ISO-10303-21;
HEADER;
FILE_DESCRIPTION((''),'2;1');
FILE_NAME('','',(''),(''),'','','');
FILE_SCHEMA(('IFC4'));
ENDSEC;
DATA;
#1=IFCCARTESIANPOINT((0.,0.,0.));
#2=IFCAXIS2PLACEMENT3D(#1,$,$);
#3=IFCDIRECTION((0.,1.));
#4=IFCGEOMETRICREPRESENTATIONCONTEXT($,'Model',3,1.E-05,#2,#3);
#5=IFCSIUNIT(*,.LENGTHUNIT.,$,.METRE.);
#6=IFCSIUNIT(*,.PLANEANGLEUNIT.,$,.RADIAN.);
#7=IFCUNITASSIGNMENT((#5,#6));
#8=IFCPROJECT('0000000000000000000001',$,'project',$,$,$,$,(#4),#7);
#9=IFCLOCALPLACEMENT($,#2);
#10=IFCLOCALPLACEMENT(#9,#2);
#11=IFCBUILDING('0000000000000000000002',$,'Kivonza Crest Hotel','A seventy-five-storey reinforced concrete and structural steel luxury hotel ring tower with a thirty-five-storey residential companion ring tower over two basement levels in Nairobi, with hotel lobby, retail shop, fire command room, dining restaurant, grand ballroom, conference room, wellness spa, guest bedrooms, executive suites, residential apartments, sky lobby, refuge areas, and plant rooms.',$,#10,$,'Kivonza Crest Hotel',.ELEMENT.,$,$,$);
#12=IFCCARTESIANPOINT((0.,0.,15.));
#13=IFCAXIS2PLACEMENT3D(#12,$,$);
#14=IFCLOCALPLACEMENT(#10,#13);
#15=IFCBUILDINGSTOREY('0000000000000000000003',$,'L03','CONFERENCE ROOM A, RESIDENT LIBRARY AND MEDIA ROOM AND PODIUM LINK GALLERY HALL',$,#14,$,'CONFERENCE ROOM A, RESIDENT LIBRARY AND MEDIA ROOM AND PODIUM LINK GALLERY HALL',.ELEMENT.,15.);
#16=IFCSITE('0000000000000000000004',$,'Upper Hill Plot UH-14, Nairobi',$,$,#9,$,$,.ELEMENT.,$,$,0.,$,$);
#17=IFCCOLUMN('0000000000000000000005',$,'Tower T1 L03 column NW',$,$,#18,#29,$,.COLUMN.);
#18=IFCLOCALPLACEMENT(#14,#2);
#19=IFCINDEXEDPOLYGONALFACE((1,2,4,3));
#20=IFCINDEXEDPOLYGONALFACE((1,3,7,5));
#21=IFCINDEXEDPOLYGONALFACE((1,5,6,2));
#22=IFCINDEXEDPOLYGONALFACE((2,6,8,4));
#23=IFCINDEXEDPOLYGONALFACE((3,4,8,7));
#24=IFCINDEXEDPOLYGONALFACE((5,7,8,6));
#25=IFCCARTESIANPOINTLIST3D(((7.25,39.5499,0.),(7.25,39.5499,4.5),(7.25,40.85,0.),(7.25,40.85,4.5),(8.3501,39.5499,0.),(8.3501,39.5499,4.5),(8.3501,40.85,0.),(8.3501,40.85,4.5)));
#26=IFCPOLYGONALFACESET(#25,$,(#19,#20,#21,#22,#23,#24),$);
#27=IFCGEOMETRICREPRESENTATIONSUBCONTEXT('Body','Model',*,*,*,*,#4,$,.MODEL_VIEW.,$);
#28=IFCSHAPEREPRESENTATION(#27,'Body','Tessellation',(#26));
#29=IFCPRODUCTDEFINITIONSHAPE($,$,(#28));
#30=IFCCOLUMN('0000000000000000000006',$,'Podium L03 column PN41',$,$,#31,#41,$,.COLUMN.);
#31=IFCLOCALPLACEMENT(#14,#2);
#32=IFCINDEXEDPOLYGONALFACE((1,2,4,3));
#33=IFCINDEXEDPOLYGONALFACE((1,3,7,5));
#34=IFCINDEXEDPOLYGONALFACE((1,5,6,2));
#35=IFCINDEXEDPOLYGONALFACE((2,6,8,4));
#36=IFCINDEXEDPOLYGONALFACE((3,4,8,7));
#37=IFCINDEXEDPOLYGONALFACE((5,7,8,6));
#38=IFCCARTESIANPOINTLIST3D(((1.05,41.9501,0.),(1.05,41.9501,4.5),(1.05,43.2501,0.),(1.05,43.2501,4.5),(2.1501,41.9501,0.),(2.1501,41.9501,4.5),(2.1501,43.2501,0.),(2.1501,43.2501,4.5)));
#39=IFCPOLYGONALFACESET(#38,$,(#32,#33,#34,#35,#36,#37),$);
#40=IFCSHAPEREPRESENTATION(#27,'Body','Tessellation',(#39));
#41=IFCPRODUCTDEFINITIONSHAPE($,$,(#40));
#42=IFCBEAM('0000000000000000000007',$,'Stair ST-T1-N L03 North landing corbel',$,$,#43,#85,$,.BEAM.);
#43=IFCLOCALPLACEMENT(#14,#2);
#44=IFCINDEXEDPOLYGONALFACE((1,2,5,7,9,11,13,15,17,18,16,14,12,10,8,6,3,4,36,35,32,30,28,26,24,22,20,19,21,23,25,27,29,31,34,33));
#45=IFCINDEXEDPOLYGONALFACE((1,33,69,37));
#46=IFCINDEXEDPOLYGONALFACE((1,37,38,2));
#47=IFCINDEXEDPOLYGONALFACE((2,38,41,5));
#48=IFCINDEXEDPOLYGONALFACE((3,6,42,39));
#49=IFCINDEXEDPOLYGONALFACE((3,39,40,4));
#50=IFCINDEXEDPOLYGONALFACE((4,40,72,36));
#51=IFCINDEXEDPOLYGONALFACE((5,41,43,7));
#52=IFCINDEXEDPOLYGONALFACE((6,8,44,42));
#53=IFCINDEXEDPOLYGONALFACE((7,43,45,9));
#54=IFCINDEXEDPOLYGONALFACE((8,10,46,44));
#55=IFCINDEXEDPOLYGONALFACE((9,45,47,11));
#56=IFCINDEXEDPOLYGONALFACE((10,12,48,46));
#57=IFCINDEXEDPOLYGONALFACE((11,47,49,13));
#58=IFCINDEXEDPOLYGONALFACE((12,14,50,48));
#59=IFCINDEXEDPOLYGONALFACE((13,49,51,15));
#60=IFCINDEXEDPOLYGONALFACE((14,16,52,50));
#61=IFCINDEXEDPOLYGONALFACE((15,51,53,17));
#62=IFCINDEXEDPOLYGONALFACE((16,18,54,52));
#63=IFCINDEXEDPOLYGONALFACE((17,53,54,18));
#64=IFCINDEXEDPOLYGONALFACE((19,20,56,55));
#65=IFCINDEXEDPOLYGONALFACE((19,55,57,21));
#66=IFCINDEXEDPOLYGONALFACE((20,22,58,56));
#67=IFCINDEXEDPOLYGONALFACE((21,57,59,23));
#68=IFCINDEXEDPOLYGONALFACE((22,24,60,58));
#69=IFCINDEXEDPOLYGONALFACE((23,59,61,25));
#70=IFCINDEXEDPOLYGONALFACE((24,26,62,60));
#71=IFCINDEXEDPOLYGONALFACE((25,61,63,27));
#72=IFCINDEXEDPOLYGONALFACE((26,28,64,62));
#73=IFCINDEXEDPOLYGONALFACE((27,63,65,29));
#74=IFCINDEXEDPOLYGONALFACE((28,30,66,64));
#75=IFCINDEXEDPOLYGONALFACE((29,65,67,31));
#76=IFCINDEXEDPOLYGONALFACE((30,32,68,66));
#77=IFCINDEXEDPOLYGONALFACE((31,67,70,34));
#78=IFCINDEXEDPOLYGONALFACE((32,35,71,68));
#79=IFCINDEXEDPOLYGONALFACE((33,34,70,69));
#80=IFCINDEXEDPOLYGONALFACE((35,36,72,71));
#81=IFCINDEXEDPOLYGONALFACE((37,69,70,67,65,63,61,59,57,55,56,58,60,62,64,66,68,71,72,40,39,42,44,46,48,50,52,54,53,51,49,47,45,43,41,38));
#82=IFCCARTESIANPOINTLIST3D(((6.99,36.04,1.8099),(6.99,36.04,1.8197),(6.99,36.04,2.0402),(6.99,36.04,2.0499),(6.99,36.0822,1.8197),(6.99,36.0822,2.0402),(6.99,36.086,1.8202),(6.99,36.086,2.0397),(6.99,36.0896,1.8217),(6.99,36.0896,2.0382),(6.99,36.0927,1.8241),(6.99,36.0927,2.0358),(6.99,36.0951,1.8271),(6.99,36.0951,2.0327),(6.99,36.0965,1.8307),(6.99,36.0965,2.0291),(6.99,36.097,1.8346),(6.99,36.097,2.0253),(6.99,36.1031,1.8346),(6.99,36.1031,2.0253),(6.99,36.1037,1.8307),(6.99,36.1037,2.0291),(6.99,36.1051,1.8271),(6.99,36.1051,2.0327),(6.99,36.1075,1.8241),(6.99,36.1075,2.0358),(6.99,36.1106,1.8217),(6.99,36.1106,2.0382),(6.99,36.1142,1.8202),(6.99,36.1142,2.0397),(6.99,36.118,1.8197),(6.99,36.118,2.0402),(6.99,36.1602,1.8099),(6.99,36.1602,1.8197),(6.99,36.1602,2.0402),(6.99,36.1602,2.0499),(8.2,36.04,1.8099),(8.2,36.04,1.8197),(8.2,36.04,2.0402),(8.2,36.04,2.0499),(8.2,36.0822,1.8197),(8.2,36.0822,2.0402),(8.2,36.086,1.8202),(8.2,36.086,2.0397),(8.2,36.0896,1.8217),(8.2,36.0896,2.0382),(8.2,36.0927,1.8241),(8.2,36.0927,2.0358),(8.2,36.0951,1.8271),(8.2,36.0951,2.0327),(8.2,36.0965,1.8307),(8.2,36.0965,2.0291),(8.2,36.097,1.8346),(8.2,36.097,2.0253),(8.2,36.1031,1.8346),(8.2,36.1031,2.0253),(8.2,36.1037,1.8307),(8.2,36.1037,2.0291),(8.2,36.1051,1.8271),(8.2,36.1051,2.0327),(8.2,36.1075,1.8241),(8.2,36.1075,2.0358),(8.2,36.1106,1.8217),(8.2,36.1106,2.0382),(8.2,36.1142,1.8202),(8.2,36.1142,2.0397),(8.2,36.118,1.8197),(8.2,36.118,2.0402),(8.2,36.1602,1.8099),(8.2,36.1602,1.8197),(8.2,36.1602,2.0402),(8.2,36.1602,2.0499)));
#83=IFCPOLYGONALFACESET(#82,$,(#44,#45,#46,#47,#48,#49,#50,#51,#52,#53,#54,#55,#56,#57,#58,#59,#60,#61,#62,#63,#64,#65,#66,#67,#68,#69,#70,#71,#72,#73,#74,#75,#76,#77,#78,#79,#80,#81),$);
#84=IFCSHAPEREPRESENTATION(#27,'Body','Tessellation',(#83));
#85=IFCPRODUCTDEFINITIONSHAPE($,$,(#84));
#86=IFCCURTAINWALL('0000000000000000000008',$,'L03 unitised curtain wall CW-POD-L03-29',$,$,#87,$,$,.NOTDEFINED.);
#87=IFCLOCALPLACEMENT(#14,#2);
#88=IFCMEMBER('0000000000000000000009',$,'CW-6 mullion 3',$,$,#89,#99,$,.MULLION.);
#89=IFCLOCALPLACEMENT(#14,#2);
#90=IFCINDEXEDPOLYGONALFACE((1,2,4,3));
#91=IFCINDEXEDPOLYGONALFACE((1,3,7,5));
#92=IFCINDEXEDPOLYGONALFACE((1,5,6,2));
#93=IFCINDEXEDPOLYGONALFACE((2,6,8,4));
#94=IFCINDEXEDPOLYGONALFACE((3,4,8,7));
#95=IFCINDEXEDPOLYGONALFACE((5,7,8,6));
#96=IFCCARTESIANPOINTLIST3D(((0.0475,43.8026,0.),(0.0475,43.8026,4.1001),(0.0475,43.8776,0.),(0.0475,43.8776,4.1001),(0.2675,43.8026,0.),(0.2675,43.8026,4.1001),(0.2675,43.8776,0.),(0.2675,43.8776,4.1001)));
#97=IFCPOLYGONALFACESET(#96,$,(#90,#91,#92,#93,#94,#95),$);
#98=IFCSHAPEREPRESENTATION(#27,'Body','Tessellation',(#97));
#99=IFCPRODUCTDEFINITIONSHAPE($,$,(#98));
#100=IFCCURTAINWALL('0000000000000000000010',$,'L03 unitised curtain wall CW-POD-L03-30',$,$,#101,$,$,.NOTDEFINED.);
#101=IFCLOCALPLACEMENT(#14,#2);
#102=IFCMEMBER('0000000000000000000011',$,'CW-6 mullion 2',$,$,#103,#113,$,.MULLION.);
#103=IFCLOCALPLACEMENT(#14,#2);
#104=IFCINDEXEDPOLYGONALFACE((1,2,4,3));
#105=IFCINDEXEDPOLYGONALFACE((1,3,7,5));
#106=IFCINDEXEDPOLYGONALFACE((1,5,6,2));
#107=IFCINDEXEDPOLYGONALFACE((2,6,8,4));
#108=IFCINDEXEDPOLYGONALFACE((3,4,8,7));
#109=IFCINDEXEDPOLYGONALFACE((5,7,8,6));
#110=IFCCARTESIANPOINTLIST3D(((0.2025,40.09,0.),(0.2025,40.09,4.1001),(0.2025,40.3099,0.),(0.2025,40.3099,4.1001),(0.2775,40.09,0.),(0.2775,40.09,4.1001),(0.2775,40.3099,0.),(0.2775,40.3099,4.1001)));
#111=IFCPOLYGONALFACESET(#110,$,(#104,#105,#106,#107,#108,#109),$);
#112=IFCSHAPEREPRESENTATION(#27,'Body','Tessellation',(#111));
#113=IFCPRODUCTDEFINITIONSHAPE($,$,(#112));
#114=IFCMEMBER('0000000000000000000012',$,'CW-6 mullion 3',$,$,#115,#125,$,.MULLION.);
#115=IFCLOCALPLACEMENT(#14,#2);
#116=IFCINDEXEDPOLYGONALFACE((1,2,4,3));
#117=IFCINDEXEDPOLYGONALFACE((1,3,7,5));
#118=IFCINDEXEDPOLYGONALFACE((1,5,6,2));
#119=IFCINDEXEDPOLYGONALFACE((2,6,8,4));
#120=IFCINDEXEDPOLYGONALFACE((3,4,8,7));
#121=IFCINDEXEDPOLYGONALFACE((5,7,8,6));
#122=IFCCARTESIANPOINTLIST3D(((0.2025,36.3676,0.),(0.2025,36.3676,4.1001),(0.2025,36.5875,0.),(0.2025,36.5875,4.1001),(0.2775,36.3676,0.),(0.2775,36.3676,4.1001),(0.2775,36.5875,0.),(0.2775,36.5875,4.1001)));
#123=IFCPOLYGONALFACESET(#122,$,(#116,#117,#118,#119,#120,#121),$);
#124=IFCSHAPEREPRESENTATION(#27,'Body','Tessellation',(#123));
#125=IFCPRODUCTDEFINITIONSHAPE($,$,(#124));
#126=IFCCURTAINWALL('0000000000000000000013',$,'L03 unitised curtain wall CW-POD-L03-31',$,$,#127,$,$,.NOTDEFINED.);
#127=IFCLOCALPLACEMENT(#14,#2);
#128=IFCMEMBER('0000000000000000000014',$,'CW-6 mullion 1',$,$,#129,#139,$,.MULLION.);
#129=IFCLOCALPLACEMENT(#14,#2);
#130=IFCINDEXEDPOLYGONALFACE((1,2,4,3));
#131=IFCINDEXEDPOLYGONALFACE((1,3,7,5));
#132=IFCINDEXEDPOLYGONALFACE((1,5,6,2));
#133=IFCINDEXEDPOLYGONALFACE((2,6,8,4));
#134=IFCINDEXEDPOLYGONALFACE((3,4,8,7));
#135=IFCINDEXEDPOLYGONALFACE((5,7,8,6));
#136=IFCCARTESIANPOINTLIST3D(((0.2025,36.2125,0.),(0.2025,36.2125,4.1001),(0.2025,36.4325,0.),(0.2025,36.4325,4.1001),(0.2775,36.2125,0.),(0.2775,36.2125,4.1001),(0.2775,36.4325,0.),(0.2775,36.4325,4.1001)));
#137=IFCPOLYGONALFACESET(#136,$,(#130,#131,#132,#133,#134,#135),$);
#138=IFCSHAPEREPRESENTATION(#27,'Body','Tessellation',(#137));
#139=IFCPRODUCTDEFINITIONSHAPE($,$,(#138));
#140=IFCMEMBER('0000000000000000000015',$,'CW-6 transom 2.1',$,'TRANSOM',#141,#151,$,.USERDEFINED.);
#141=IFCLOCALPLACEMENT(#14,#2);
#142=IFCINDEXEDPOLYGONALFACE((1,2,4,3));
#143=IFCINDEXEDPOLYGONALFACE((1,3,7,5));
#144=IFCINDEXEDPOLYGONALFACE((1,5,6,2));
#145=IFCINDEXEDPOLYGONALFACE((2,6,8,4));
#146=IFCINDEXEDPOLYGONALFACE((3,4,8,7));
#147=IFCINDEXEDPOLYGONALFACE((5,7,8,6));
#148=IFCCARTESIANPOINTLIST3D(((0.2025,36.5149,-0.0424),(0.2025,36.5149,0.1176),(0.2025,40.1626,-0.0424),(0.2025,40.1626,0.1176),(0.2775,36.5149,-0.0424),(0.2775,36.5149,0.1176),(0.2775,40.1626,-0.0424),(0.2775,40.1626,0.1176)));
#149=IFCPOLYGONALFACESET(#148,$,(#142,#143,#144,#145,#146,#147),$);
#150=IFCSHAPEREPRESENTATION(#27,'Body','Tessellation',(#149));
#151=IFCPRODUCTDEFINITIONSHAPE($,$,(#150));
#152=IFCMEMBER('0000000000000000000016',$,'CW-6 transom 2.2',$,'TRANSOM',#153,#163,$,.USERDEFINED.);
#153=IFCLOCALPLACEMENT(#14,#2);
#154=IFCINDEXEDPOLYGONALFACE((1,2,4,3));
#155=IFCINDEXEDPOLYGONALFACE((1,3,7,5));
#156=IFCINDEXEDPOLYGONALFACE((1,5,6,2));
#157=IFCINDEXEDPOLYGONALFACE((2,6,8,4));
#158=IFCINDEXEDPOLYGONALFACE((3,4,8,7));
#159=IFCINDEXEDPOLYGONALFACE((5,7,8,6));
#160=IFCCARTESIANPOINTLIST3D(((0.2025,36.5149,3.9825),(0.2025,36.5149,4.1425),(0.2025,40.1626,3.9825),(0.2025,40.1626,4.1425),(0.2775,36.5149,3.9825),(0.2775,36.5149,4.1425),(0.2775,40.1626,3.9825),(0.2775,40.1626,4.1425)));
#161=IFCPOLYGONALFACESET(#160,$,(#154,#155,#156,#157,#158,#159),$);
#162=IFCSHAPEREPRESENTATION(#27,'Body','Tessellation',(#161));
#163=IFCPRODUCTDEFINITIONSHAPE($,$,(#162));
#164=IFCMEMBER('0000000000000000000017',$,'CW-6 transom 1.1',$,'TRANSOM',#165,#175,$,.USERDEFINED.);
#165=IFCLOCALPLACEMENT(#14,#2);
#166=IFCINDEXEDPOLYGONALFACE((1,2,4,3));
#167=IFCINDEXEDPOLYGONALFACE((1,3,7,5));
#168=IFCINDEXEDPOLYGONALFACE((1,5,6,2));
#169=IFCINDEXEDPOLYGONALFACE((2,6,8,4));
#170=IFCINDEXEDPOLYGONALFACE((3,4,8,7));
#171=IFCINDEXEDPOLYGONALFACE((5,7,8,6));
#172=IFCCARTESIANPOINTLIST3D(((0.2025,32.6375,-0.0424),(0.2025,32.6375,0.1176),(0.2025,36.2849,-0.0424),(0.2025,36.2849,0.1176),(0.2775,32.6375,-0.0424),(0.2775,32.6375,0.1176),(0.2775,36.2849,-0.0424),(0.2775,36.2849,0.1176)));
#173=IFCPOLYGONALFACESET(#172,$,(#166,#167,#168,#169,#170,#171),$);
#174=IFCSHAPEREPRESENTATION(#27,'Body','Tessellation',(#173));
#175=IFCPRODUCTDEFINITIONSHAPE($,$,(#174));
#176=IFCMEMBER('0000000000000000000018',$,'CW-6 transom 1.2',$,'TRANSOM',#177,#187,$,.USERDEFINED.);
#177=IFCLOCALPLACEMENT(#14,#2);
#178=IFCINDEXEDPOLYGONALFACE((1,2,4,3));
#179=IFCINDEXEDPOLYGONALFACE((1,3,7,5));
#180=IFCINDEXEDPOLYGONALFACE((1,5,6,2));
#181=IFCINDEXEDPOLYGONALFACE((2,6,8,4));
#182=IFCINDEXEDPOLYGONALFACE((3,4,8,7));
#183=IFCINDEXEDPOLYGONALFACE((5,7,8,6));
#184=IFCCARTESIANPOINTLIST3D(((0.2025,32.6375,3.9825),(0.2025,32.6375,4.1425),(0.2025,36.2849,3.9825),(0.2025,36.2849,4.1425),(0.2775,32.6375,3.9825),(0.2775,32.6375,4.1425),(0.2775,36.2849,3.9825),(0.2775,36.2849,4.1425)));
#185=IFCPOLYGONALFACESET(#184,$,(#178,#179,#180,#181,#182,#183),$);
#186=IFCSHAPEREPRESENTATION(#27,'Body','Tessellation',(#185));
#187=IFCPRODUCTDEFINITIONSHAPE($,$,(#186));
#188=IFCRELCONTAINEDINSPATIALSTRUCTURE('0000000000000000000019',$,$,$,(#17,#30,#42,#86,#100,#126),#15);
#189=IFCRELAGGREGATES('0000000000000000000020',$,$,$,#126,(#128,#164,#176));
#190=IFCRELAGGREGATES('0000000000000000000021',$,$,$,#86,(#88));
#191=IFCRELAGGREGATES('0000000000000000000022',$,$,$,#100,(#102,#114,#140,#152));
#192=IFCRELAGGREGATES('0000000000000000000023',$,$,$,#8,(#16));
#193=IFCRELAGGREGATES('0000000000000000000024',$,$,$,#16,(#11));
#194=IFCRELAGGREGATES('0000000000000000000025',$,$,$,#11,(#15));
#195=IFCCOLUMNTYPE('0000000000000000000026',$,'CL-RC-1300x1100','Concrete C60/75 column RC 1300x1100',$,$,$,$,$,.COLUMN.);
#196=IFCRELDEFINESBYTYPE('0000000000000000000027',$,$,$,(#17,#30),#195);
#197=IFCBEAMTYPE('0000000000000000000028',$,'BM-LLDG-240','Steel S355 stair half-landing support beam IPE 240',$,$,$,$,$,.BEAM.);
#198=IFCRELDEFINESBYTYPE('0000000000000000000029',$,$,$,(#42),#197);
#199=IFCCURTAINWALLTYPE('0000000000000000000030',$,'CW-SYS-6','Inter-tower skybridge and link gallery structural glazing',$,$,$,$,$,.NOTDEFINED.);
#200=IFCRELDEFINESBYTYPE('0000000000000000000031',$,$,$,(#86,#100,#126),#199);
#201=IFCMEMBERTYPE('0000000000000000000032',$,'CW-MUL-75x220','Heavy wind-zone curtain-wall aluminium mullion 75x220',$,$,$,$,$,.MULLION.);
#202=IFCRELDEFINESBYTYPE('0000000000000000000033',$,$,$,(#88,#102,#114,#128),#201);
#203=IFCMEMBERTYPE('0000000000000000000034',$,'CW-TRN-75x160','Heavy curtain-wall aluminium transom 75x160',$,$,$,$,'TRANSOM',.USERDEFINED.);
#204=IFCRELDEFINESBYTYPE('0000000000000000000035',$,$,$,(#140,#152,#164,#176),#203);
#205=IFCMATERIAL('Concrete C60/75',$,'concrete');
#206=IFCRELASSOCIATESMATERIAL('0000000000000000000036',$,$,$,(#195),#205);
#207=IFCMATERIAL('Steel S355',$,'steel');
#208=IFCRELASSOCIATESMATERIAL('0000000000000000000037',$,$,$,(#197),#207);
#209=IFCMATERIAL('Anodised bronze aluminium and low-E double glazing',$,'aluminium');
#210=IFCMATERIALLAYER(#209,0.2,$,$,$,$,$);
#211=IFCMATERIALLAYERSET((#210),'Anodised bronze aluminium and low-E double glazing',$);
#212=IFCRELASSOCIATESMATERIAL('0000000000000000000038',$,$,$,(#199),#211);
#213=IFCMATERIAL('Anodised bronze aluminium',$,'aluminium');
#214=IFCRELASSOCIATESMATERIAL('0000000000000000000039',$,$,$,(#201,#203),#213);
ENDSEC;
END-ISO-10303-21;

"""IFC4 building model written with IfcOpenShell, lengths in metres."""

from ifc_helpers import new_model, si_unit, direction, frame, origin, origin_2d, place, context, subcontext, project, spatial, rectangle, i_section, extrude, material, layer, layer_set, material_profile, profile_set, type_object, element, aggregate, save


model = new_model("IFC4")

# Units and contexts
model_context = context("Model", 3, precision=1e-05, world=origin(), true_north=direction((0.0, 1.0)))
body_context = subcontext(model_context, "Body", "Model", "MODEL_VIEW")
ifc_project = project(units=[si_unit("LENGTHUNIT", "METRE"), si_unit("PLANEANGLEUNIT", "RADIAN")], contexts=[model_context])

# Site, building, storey
site_placement = place(None, origin())
site = spatial("IfcSite", under=ifc_project, at=site_placement, Name="Upper Hill Plot UH-14, Nairobi", CompositionType="ELEMENT", RefElevation=0.0)
building_placement = place(site_placement, origin())
building = spatial("IfcBuilding", under=site, at=building_placement, Name="Kivonza Crest Hotel", Description="A seventy-five-storey reinforced concrete and structural steel luxury hotel ring tower with a thirty-five-storey residential companion ring tower over two basement levels in Nairobi, with hotel lobby, retail shop, fire command room, dining restaurant, grand ballroom, conference room, wellness spa, guest bedrooms, executive suites, residential apartments, sky lobby, refuge areas, and plant rooms.", LongName="Kivonza Crest Hotel", CompositionType="ELEMENT")
storey_placement = place(building_placement, frame((0.0, 0.0, 15.0)))
storey = spatial("IfcBuildingStorey", under=building, at=storey_placement, Name="L03", Description="CONFERENCE ROOM A, RESIDENT LIBRARY AND MEDIA ROOM AND PODIUM LINK GALLERY HALL", LongName="CONFERENCE ROOM A, RESIDENT LIBRARY AND MEDIA ROOM AND PODIUM LINK GALLERY HALL", CompositionType="ELEMENT", Elevation=15.0)

# Columns
ifc_material_1 = material(Name="Concrete C60/75", Category="concrete")
ifc_material_profile_1 = material_profile(ifc_material_1, rectangle(XDim=1.1001, YDim=1.3, at=origin_2d()), Name="RC 1300x1100")
ifc_profile_set_1 = profile_set([ifc_material_profile_1], Name="Concrete C60/75")
column_type = type_object("IfcColumnType", Name="CL-RC-1300x1100", Description="Concrete C60/75 column RC 1300x1100", PredefinedType="COLUMN", material=ifc_profile_set_1)
for number, where, z_axis, x_axis, name in (
    (1, (7.8, 40.2, 0.0), (0.0, 0.0, 1.0), (1.0, 0.0, 0.0), "Tower T1 L03 column NW"),
    (2, (1.6001, 42.6001, 0.0), (0.0, 0.0, 1.0), (1.0, 0.0, 0.0), "Podium L03 column PN41"),
):
    element("IfcColumn", number, at=place(storey_placement, frame(where, z_axis=z_axis, x_axis=x_axis)), inside=storey, type_object=column_type, Name=name, PredefinedType="COLUMN", context=body_context, shape_type="SweptSolid", body=[
        extrude(rectangle(XDim=1.1001, YDim=1.3, at=origin_2d()), origin(), (0.0, 0.0, 1.0), 4.5),
    ])

# Beam
ifc_material_2 = material(Name="Steel S355", Category="steel")
ifc_material_profile_2 = material_profile(ifc_material_2, i_section(OverallWidth=0.1201, OverallDepth=0.24, WebThickness=0.0061, FlangeThickness=0.0098, FilletRadius=0.0149, at=origin_2d()), Name="IPE 240")
ifc_profile_set_2 = profile_set([ifc_material_profile_2], Name="Steel S355")
beam_type = type_object("IfcBeamType", Name="BM-LLDG-240", Description="Steel S355 stair half-landing support beam IPE 240", PredefinedType="BEAM", material=ifc_profile_set_2)
beam_placement = place(storey_placement, frame((6.99, 36.1001, 1.9299), z_axis=(1.0, 0.0, 0.0), x_axis=(0.0, 1.0, 0.0)))
element("IfcBeam", 3, at=beam_placement, inside=storey, type_object=beam_type, Name="Stair ST-T1-N L03 North landing corbel", PredefinedType="BEAM", context=body_context, shape_type="SweptSolid", body=[
    extrude(i_section(OverallWidth=0.1201, OverallDepth=0.24, WebThickness=0.0061, FlangeThickness=0.0098, FilletRadius=0.0149, at=origin_2d()), origin(), (0.0, 0.0, 1.0), 1.21),
])

# Curtain wall, member
ifc_material_3 = material(Name="Anodised bronze aluminium and low-E double glazing", Category="aluminium")
ifc_layer_1 = layer(ifc_material_3, 0.2)
ifc_layer_set_1 = layer_set([ifc_layer_1], Name="Anodised bronze aluminium and low-E double glazing")
curtain_wall_type = type_object("IfcCurtainWallType", Name="CW-SYS-6", Description="Inter-tower skybridge and link gallery structural glazing", PredefinedType="NOTDEFINED", material=ifc_layer_set_1)
curtain_wall_1_placement = place(storey_placement, origin())
curtain_wall_1 = element("IfcCurtainWall", 4, at=curtain_wall_1_placement, inside=storey, type_object=curtain_wall_type, Name="L03 unitised curtain wall CW-POD-L03-29", PredefinedType="NOTDEFINED")
ifc_material_4 = material(Name="Anodised bronze aluminium", Category="aluminium")
ifc_material_profile_3 = material_profile(ifc_material_4, rectangle(XDim=0.075, YDim=0.22, at=origin_2d()), Name="CW-M 75x220")
ifc_profile_set_3 = profile_set([ifc_material_profile_3], Name="Anodised bronze aluminium")
member_type_1 = type_object("IfcMemberType", Name="CW-MUL-75x220", Description="Heavy wind-zone curtain-wall aluminium mullion 75x220", PredefinedType="MULLION", material=ifc_profile_set_3)
member_1_placement = place(storey_placement, frame((0.1575, 43.8401, 0.0), z_axis=(0.0, 0.0, 1.0), x_axis=(0.0, -1.0, 0.0)))
member_1 = element("IfcMember", 5, at=member_1_placement, type_object=member_type_1, Name="CW-6 mullion 3", PredefinedType="MULLION", context=body_context, shape_type="SweptSolid", body=[
    extrude(rectangle(XDim=0.075, YDim=0.22, at=origin_2d()), origin(), (0.0, 0.0, 1.0), 4.1001),
])

# Curtain wall, members
curtain_wall_2_placement = place(storey_placement, origin())
curtain_wall_2 = element("IfcCurtainWall", 6, at=curtain_wall_2_placement, inside=storey, type_object=curtain_wall_type, Name="L03 unitised curtain wall CW-POD-L03-30", PredefinedType="NOTDEFINED")
member_2_placement = place(storey_placement, frame((0.24, 40.2, 0.0), z_axis=(0.0, 0.0, 1.0), x_axis=(1.0, 0.0, 0.0)))
member_2 = element("IfcMember", 7, at=member_2_placement, type_object=member_type_1, Name="CW-6 mullion 2", PredefinedType="MULLION", context=body_context, shape_type="SweptSolid", body=[
    extrude(rectangle(XDim=0.075, YDim=0.22, at=origin_2d()), origin(), (0.0, 0.0, 1.0), 4.1001),
])
member_3_placement = place(storey_placement, frame((0.24, 36.4775, 0.0), z_axis=(0.0, 0.0, 1.0), x_axis=(1.0, 0.0, 0.0)))
member_3 = element("IfcMember", 8, at=member_3_placement, type_object=member_type_1, Name="CW-6 mullion 3", PredefinedType="MULLION", context=body_context, shape_type="SweptSolid", body=[
    extrude(rectangle(XDim=0.075, YDim=0.22, at=origin_2d()), origin(), (0.0, 0.0, 1.0), 4.1001),
])

# Curtain wall, member
curtain_wall_3_placement = place(storey_placement, origin())
curtain_wall_3 = element("IfcCurtainWall", 9, at=curtain_wall_3_placement, inside=storey, type_object=curtain_wall_type, Name="L03 unitised curtain wall CW-POD-L03-31", PredefinedType="NOTDEFINED")
member_4_placement = place(storey_placement, frame((0.24, 36.3225, 0.0), z_axis=(0.0, 0.0, 1.0), x_axis=(1.0, 0.0, 0.0)))
member_4 = element("IfcMember", 10, at=member_4_placement, type_object=member_type_1, Name="CW-6 mullion 1", PredefinedType="MULLION", context=body_context, shape_type="SweptSolid", body=[
    extrude(rectangle(XDim=0.075, YDim=0.22, at=origin_2d()), origin(), (0.0, 0.0, 1.0), 4.1001),
])

# Members
ifc_material_profile_4 = material_profile(ifc_material_4, rectangle(XDim=0.075, YDim=0.1599, at=origin_2d()), Name="CW-T 75x160")
ifc_profile_set_4 = profile_set([ifc_material_profile_4], Name="Anodised bronze aluminium")
member_type_2 = type_object("IfcMemberType", Name="CW-TRN-75x160", Description="Heavy curtain-wall aluminium transom 75x160", ElementType="TRANSOM", PredefinedType="USERDEFINED", material=ifc_profile_set_4)
member_5_placement = place(storey_placement, frame((0.24, 40.1626, 0.0376), z_axis=(0.0, -1.0, 0.0), x_axis=(1.0, 0.0, 0.0)))
member_5 = element("IfcMember", 11, at=member_5_placement, type_object=member_type_2, Name="CW-6 transom 2.1", ObjectType="TRANSOM", PredefinedType="USERDEFINED", context=body_context, shape_type="SweptSolid", body=[
    extrude(rectangle(XDim=0.075, YDim=0.1599, at=origin_2d()), origin(), (0.0, 0.0, 1.0), 3.6477),
])
member_6_placement = place(storey_placement, frame((0.24, 40.1626, 4.0625), z_axis=(0.0, -1.0, 0.0), x_axis=(1.0, 0.0, 0.0)))
member_6 = element("IfcMember", 12, at=member_6_placement, type_object=member_type_2, Name="CW-6 transom 2.2", ObjectType="TRANSOM", PredefinedType="USERDEFINED", context=body_context, shape_type="SweptSolid", body=[
    extrude(rectangle(XDim=0.075, YDim=0.1599, at=origin_2d()), origin(), (0.0, 0.0, 1.0), 3.6477),
])
member_7_placement = place(storey_placement, frame((0.24, 36.2849, 0.0376), z_axis=(0.0, -1.0, 0.0), x_axis=(1.0, 0.0, 0.0)))
member_7 = element("IfcMember", 13, at=member_7_placement, type_object=member_type_2, Name="CW-6 transom 1.1", ObjectType="TRANSOM", PredefinedType="USERDEFINED", context=body_context, shape_type="SweptSolid", body=[
    extrude(rectangle(XDim=0.075, YDim=0.1599, at=origin_2d()), origin(), (0.0, 0.0, 1.0), 3.6475),
])
member_8_placement = place(storey_placement, frame((0.24, 36.2849, 4.0625), z_axis=(0.0, -1.0, 0.0), x_axis=(1.0, 0.0, 0.0)))
member_8 = element("IfcMember", 14, at=member_8_placement, type_object=member_type_2, Name="CW-6 transom 1.2", ObjectType="TRANSOM", PredefinedType="USERDEFINED", context=body_context, shape_type="SweptSolid", body=[
    extrude(rectangle(XDim=0.075, YDim=0.1599, at=origin_2d()), origin(), (0.0, 0.0, 1.0), 3.6475),
])
aggregate(curtain_wall_3, [member_4, member_7, member_8])

aggregate(curtain_wall_1, [member_1])
aggregate(curtain_wall_2, [member_2, member_3, member_5, member_6])

save(model, "model.ifc")
